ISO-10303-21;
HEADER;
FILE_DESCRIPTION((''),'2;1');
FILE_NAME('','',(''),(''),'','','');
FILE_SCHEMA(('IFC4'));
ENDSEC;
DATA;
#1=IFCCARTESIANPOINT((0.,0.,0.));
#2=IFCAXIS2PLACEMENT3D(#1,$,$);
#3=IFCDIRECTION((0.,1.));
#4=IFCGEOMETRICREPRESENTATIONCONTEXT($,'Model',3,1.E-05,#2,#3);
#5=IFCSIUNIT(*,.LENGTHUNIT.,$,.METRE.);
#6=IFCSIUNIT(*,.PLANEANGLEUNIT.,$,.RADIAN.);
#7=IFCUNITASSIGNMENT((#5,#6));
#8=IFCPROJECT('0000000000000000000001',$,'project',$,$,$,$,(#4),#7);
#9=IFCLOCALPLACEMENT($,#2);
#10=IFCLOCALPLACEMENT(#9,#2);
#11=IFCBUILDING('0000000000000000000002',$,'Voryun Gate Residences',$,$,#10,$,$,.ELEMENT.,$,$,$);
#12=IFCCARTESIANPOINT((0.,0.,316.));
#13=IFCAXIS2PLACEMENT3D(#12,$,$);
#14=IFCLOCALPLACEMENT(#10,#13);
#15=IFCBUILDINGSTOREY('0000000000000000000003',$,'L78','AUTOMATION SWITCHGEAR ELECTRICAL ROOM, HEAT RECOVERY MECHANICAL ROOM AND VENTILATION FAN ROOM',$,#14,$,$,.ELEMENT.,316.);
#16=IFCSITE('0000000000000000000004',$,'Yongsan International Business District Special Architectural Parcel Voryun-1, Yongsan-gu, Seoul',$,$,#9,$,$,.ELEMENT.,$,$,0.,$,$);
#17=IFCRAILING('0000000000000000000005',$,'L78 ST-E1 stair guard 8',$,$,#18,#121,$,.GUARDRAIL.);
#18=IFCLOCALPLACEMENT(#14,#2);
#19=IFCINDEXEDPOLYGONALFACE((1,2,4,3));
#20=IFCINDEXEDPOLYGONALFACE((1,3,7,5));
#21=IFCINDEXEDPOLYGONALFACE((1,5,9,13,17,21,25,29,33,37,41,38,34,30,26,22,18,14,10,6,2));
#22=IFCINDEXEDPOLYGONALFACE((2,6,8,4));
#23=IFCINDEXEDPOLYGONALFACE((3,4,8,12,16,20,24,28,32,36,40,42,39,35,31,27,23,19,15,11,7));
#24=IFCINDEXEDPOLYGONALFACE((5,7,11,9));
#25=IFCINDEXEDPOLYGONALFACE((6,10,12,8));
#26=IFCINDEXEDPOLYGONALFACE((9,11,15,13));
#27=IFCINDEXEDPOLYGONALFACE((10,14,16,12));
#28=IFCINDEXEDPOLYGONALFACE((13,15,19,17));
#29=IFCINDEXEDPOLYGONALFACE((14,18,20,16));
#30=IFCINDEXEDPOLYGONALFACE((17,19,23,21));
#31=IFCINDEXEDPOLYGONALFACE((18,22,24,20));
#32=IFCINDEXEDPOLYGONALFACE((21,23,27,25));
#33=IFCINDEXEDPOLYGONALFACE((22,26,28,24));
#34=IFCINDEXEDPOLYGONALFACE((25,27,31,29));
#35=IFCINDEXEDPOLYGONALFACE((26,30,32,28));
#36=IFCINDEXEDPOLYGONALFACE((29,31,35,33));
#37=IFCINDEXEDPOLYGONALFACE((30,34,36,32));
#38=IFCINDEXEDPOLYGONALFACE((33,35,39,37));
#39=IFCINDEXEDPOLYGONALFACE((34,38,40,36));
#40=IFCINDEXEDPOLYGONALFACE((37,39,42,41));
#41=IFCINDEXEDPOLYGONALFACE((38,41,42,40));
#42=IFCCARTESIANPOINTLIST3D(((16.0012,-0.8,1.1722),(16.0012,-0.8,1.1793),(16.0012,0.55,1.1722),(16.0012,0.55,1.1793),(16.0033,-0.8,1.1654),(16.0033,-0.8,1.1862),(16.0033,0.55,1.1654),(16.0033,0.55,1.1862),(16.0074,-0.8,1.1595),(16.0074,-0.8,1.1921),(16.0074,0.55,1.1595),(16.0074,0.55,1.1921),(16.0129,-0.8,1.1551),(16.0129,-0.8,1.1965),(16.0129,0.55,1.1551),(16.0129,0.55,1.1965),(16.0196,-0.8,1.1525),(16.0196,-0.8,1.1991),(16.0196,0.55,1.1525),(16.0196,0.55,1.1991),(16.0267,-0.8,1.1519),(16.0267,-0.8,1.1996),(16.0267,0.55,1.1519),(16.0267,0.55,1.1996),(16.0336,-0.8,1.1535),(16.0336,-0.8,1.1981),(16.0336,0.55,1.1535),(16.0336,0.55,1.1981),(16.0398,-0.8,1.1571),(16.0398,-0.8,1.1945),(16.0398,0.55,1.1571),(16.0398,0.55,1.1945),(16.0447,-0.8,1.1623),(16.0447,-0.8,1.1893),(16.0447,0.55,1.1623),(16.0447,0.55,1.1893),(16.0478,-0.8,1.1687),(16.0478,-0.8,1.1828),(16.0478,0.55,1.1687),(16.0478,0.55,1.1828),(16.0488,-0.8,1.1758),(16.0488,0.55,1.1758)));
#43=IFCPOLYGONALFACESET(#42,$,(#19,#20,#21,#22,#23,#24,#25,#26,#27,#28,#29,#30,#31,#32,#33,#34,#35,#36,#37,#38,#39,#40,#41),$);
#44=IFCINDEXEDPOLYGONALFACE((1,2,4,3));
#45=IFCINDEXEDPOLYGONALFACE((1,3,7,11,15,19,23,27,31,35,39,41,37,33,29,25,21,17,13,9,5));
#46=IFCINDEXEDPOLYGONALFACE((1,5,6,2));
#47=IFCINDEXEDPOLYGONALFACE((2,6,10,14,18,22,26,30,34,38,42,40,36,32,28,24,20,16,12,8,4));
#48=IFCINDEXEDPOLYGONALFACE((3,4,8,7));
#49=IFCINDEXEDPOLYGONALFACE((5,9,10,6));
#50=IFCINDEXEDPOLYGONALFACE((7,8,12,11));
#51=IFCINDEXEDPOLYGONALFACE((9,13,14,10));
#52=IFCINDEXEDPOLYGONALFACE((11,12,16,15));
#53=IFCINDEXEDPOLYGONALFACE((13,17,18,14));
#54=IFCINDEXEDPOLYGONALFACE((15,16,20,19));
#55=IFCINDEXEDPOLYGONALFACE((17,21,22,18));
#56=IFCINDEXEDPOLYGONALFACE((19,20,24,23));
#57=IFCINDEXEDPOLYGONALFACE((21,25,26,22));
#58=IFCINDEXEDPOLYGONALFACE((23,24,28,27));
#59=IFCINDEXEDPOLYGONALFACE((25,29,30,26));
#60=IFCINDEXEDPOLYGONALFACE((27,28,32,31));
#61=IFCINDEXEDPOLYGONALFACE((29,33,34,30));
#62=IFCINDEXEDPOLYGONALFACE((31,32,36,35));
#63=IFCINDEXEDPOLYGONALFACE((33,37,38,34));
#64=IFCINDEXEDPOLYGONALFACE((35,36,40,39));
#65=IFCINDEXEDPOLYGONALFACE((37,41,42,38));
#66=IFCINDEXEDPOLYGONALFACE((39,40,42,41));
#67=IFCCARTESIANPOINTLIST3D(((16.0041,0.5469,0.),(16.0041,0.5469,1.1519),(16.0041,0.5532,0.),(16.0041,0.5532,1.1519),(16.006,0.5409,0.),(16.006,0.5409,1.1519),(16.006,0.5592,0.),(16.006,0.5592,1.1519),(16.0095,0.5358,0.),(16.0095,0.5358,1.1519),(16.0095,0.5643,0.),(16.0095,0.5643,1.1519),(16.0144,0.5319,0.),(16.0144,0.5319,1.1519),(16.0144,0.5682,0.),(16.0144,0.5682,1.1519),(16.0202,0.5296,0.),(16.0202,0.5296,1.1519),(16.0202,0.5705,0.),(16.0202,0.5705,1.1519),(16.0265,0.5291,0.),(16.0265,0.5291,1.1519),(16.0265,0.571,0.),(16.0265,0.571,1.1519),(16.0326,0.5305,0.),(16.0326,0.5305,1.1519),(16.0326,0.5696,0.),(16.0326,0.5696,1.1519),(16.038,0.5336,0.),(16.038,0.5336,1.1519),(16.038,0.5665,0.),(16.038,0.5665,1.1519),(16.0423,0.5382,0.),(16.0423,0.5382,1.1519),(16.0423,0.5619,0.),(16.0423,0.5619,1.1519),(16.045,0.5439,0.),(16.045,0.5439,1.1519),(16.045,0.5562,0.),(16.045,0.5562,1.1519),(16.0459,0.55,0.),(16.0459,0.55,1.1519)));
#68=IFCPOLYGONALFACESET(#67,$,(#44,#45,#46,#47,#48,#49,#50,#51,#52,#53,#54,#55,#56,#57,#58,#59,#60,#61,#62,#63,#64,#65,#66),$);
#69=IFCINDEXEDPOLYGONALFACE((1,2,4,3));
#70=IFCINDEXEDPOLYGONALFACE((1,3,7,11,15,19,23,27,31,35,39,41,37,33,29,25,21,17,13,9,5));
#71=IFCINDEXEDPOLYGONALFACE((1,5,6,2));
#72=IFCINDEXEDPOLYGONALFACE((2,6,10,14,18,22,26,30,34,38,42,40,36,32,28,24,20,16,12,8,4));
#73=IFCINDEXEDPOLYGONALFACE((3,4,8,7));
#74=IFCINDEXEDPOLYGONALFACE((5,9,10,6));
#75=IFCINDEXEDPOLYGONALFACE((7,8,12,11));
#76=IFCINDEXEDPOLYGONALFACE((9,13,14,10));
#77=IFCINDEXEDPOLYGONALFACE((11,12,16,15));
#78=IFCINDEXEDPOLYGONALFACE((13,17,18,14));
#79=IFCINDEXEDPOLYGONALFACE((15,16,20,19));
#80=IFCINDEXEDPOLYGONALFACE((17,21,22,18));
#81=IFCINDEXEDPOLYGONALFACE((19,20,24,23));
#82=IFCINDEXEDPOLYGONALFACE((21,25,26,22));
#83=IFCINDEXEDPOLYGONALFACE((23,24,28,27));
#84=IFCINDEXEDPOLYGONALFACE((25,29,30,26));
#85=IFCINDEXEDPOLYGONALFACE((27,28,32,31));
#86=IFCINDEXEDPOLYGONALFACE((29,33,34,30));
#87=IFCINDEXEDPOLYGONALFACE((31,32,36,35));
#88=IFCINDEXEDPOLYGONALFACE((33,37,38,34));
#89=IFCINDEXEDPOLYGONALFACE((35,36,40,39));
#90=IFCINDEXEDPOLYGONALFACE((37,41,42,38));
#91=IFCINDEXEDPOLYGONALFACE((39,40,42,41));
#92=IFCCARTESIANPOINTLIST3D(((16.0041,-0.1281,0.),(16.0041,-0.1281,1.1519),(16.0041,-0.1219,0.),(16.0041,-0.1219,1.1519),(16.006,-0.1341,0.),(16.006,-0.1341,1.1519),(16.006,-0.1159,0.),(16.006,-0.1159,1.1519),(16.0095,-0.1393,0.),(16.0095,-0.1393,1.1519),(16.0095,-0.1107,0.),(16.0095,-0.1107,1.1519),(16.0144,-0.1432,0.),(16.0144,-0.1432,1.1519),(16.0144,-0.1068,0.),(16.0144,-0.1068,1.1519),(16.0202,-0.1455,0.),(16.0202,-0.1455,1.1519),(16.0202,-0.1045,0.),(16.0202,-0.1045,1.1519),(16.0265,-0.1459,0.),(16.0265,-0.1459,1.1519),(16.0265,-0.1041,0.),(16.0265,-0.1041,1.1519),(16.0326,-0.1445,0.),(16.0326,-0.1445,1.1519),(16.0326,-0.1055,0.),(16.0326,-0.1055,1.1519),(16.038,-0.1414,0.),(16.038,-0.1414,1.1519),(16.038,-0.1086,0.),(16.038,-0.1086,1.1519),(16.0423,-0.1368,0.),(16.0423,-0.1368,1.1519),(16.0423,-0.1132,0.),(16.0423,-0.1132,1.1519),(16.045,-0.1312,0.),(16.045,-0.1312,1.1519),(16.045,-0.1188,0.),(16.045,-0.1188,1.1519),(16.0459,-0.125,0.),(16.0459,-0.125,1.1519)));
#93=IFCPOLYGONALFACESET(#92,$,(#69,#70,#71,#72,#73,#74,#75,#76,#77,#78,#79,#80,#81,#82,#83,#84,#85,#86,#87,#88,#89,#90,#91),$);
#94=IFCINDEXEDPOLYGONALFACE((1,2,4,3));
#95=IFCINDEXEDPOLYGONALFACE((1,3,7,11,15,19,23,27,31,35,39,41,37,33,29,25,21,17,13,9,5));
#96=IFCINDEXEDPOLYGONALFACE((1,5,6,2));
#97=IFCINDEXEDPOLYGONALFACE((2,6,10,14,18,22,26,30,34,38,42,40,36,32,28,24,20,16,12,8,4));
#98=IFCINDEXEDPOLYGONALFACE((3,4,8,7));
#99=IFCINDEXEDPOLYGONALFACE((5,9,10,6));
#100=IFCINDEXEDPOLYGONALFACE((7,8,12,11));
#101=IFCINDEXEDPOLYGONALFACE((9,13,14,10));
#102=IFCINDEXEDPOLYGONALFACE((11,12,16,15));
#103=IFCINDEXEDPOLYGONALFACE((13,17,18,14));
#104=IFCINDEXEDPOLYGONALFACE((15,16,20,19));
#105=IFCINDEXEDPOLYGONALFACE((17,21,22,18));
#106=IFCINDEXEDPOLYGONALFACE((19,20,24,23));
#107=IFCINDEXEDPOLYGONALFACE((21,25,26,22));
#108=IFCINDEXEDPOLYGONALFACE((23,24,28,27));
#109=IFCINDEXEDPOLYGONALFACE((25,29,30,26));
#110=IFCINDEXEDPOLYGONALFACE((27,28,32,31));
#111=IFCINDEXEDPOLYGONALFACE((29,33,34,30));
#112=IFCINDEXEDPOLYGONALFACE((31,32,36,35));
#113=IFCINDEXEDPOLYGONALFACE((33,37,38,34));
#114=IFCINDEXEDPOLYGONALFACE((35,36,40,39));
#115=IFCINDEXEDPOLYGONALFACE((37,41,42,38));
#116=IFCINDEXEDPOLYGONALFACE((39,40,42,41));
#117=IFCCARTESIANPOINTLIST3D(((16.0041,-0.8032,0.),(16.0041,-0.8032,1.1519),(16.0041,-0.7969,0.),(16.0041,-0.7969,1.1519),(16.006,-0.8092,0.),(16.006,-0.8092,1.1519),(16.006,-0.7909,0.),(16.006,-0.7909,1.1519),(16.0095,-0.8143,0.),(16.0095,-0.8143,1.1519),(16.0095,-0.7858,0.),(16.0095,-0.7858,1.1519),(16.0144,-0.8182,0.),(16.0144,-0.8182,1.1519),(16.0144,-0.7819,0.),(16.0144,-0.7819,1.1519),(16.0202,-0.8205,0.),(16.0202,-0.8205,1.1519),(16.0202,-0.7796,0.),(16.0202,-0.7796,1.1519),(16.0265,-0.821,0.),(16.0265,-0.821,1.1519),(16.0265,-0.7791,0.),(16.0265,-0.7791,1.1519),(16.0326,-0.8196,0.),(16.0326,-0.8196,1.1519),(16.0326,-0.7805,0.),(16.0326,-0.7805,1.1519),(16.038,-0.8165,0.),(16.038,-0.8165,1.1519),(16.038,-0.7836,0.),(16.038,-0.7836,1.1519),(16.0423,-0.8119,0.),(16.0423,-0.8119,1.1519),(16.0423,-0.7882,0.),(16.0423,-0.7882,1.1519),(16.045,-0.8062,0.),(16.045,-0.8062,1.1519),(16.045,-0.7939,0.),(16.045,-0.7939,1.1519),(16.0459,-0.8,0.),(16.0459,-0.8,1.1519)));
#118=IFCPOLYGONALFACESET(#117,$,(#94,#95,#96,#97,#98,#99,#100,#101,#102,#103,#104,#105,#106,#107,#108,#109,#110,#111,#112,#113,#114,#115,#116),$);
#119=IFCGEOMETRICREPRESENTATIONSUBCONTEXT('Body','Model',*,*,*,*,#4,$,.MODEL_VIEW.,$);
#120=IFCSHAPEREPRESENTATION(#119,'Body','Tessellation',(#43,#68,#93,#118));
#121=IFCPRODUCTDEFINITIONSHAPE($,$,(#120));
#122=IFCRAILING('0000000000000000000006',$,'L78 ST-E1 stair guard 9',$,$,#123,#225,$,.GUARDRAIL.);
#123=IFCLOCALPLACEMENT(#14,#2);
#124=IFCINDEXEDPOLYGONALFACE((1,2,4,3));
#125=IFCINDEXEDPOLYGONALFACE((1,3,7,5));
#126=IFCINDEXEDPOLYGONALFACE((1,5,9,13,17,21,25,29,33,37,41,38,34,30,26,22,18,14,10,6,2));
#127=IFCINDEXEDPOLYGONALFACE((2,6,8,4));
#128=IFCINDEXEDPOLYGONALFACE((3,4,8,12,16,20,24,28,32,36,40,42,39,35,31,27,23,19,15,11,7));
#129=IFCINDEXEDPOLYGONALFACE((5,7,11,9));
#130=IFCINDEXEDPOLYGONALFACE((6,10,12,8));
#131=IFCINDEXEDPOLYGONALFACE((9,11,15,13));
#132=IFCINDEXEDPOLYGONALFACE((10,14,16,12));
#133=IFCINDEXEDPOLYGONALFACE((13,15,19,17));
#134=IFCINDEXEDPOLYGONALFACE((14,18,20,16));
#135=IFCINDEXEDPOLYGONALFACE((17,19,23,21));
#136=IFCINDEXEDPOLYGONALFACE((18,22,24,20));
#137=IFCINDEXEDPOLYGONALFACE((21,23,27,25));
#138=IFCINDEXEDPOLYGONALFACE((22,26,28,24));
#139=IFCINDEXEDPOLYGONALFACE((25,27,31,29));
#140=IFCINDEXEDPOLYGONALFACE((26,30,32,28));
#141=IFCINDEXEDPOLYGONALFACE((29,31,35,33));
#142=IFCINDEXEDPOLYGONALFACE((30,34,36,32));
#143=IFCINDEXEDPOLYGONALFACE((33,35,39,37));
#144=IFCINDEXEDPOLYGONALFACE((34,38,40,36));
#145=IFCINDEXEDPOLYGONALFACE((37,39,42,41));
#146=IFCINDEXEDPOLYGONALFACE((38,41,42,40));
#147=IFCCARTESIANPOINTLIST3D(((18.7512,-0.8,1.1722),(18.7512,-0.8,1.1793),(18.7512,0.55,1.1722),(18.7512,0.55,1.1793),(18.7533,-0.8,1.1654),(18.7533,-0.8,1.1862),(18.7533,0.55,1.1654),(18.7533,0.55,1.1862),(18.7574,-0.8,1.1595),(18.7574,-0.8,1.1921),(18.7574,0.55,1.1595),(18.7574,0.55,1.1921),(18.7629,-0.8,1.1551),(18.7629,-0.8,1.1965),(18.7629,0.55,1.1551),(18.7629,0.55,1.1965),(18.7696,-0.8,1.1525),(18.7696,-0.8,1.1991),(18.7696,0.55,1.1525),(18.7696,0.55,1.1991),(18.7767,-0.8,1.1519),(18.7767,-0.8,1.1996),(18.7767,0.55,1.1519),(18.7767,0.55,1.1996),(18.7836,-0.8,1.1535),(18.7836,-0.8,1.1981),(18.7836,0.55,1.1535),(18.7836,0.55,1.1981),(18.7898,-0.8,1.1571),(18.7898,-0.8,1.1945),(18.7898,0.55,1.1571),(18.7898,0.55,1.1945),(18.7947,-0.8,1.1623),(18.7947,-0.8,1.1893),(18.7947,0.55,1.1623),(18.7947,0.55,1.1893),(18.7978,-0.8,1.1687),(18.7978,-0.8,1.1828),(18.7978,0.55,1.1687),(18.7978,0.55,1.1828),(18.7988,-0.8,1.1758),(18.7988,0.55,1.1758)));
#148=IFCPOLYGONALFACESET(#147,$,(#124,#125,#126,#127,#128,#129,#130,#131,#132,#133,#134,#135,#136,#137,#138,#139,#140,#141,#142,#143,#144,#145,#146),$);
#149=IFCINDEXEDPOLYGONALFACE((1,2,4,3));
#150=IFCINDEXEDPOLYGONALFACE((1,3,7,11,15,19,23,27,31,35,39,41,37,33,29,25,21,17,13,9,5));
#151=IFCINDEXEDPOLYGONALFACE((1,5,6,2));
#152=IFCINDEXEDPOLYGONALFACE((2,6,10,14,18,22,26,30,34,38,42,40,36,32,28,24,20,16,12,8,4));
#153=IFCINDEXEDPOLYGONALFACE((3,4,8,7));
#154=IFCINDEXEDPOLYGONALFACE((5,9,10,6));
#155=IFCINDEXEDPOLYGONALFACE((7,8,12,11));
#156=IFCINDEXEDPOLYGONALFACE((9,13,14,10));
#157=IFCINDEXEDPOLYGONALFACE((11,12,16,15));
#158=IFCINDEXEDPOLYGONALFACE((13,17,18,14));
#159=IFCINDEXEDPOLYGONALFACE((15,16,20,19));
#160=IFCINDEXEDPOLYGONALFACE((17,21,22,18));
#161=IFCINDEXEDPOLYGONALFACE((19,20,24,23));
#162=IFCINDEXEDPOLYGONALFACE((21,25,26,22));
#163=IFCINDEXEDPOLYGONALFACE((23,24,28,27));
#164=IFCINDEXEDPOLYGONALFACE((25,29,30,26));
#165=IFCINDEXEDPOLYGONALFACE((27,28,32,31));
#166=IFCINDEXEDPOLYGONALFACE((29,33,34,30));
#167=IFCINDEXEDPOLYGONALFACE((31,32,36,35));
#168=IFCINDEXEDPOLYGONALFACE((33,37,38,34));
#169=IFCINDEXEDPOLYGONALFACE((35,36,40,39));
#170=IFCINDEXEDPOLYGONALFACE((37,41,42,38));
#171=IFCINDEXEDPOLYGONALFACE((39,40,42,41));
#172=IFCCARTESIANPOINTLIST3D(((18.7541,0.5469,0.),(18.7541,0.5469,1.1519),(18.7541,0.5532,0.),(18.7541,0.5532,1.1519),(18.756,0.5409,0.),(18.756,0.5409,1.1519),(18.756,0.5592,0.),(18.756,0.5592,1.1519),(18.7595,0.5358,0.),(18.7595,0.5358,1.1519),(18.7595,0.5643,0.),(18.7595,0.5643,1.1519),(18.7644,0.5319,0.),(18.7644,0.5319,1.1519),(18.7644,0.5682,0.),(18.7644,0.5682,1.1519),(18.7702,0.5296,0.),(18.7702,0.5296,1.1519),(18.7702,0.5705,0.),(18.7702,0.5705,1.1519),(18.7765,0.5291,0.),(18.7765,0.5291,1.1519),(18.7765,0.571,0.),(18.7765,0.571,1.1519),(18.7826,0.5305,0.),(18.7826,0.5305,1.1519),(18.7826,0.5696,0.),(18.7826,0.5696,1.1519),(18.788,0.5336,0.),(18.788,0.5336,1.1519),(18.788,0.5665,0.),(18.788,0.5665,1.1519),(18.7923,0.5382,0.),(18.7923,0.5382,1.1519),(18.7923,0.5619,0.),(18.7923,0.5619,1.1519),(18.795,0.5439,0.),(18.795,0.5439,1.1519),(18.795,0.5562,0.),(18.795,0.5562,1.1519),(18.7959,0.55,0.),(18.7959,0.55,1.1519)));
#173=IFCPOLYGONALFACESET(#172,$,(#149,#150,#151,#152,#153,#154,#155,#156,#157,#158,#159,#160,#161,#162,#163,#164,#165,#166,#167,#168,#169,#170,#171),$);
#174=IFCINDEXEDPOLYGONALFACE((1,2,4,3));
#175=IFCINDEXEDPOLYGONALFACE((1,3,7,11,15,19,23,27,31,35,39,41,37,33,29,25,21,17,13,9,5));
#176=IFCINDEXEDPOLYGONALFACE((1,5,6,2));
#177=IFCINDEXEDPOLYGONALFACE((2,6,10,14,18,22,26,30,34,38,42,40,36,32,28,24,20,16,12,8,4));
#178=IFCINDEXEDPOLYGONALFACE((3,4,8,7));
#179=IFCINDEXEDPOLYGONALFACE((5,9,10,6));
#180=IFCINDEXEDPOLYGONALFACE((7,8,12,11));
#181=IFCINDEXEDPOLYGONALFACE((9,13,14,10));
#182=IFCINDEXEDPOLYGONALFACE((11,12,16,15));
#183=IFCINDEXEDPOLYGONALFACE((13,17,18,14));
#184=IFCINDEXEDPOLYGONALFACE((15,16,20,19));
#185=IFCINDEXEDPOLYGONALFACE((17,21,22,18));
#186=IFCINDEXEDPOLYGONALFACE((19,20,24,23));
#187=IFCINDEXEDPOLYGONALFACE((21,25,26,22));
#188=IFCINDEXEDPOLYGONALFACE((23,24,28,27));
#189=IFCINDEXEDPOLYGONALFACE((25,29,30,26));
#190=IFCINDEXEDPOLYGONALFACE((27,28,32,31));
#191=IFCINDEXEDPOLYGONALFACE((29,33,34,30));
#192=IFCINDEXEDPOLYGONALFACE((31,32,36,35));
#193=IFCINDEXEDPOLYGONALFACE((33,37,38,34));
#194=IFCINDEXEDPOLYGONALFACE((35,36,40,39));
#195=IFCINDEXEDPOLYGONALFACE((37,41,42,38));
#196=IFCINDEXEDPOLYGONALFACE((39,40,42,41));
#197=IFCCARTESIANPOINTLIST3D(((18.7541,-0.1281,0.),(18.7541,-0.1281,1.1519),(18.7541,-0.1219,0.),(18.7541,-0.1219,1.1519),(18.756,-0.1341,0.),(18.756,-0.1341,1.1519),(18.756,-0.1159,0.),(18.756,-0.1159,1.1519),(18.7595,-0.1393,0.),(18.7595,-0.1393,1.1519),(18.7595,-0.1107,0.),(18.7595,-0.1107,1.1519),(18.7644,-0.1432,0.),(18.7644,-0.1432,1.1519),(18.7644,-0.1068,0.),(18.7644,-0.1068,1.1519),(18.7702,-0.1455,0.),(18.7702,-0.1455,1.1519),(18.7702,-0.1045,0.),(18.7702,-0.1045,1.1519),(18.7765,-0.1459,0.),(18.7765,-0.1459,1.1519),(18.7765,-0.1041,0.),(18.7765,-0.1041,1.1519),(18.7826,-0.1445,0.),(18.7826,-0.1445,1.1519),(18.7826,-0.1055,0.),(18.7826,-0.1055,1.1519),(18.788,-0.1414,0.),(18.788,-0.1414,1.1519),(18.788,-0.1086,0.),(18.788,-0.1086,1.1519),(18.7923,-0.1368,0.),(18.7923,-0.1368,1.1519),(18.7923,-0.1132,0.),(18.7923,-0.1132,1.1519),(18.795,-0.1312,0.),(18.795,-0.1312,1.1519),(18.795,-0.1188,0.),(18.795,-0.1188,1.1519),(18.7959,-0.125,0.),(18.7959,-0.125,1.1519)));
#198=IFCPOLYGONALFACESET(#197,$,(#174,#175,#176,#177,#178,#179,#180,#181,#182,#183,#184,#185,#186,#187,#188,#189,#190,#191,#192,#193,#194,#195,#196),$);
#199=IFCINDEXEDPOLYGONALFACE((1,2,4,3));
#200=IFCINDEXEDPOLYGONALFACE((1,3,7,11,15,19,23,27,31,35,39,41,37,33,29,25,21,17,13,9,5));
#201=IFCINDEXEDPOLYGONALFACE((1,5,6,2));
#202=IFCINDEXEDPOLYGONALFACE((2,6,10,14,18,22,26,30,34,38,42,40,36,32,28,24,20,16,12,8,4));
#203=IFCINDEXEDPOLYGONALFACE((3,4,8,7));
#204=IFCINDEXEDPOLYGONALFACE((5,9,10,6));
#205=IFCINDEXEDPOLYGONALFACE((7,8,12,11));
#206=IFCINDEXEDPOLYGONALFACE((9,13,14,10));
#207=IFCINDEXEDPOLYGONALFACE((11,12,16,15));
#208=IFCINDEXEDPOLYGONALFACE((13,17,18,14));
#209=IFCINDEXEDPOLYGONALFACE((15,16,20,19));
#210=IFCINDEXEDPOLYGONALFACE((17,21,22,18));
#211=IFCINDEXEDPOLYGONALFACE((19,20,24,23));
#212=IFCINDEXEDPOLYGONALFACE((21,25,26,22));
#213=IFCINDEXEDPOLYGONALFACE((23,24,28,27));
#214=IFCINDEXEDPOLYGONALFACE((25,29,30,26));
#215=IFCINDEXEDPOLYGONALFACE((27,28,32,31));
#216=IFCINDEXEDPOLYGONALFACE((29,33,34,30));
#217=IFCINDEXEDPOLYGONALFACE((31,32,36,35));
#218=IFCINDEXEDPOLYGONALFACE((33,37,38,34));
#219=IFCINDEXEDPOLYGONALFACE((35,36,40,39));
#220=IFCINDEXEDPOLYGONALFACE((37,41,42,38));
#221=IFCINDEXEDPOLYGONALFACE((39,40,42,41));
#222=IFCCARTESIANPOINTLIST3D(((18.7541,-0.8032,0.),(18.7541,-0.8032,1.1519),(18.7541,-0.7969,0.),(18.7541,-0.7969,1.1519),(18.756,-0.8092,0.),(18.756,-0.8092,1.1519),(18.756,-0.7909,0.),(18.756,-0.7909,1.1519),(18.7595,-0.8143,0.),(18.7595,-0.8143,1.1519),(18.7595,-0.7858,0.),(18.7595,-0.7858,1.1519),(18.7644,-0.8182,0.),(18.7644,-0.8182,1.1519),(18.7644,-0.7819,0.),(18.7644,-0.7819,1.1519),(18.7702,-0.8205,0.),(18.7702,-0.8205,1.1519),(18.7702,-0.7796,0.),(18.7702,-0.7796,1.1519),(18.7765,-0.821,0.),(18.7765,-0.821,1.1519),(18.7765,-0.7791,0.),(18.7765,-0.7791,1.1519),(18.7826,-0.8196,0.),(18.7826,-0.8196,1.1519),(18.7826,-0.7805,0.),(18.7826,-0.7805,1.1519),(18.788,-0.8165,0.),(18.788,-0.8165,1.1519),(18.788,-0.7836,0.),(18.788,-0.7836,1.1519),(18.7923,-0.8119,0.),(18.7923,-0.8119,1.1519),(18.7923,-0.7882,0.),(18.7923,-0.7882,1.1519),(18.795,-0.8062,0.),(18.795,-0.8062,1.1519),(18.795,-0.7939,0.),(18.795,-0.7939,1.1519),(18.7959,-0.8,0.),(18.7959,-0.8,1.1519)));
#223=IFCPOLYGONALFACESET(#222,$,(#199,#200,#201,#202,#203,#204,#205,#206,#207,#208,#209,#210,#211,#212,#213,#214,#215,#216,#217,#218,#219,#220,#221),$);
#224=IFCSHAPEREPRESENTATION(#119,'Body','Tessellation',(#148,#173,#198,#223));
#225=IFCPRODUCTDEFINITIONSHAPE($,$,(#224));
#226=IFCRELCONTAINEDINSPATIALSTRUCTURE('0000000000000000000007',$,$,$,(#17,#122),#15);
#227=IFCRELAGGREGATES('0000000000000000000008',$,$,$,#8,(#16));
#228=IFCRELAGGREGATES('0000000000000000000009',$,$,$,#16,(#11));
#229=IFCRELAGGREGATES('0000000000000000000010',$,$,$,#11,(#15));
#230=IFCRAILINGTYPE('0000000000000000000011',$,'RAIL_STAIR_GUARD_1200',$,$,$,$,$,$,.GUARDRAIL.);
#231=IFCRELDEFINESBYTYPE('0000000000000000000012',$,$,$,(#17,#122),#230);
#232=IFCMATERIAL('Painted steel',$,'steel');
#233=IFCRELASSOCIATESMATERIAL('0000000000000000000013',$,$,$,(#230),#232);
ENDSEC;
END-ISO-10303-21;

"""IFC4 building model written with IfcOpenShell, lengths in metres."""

from ifc_helpers import new_model, si_unit, direction, frame, origin, origin_2d, place, context, subcontext, project, spatial, circle, extrude, material, type_object, element, save


model = new_model("IFC4")

# Units and contexts
model_context = context("Model", 3, precision=1e-05, world=origin(), true_north=direction((0.0, 1.0)))
body_context = subcontext(model_context, "Body", "Model", "MODEL_VIEW")
ifc_project = project(units=[si_unit("LENGTHUNIT", "METRE"), si_unit("PLANEANGLEUNIT", "RADIAN")], contexts=[model_context])

# Site, building, storey
site_placement = place(None, origin())
site = spatial("IfcSite", under=ifc_project, at=site_placement, Name="Yongsan International Business District Special Architectural Parcel Voryun-1, Yongsan-gu, Seoul", CompositionType="ELEMENT", RefElevation=0.0)
building_placement = place(site_placement, origin())
building = spatial("IfcBuilding", under=site, at=building_placement, Name="Voryun Gate Residences", CompositionType="ELEMENT")
storey_placement = place(building_placement, frame((0.0, 0.0, 316.0)))
storey = spatial("IfcBuildingStorey", under=building, at=storey_placement, Name="L78", Description="AUTOMATION SWITCHGEAR ELECTRICAL ROOM, HEAT RECOVERY MECHANICAL ROOM AND VENTILATION FAN ROOM", CompositionType="ELEMENT", Elevation=316.0)

# Railings
ifc_material_1 = material(Name="Painted steel", Category="steel")
railing_type = type_object("IfcRailingType", Name="RAIL_STAIR_GUARD_1200", PredefinedType="GUARDRAIL", material=ifc_material_1)
for number, where, name in (
    (1, (16.0249, 0.55, 0.0), "L78 ST-E1 stair guard 8"),
    (2, (18.7749, 0.55, 0.0), "L78 ST-E1 stair guard 9"),
):
    element("IfcRailing", number, at=place(storey_placement, frame(where)), inside=storey, type_object=railing_type, Name=name, PredefinedType="GUARDRAIL", context=body_context, shape_type="SweptSolid", body=[
        extrude(circle(Radius=0.0239, at=origin_2d()), frame((0.0, 0.0, 1.1758), z_axis=(0.0, -1.0, 0.0), x_axis=(1.0, 0.0, 0.0)), (0.0, 0.0, 1.0), 1.3501),
        extrude(circle(Radius=0.021, at=origin_2d()), origin(), (0.0, 0.0, 1.0), 1.1519),
        extrude(circle(Radius=0.021, at=origin_2d()), frame((0.0, -0.675, 0.0)), (0.0, 0.0, 1.0), 1.1519),
        extrude(circle(Radius=0.021, at=origin_2d()), frame((0.0, -1.3501, 0.0)), (0.0, 0.0, 1.0), 1.1519),
    ])

save(model, "model.ifc")
